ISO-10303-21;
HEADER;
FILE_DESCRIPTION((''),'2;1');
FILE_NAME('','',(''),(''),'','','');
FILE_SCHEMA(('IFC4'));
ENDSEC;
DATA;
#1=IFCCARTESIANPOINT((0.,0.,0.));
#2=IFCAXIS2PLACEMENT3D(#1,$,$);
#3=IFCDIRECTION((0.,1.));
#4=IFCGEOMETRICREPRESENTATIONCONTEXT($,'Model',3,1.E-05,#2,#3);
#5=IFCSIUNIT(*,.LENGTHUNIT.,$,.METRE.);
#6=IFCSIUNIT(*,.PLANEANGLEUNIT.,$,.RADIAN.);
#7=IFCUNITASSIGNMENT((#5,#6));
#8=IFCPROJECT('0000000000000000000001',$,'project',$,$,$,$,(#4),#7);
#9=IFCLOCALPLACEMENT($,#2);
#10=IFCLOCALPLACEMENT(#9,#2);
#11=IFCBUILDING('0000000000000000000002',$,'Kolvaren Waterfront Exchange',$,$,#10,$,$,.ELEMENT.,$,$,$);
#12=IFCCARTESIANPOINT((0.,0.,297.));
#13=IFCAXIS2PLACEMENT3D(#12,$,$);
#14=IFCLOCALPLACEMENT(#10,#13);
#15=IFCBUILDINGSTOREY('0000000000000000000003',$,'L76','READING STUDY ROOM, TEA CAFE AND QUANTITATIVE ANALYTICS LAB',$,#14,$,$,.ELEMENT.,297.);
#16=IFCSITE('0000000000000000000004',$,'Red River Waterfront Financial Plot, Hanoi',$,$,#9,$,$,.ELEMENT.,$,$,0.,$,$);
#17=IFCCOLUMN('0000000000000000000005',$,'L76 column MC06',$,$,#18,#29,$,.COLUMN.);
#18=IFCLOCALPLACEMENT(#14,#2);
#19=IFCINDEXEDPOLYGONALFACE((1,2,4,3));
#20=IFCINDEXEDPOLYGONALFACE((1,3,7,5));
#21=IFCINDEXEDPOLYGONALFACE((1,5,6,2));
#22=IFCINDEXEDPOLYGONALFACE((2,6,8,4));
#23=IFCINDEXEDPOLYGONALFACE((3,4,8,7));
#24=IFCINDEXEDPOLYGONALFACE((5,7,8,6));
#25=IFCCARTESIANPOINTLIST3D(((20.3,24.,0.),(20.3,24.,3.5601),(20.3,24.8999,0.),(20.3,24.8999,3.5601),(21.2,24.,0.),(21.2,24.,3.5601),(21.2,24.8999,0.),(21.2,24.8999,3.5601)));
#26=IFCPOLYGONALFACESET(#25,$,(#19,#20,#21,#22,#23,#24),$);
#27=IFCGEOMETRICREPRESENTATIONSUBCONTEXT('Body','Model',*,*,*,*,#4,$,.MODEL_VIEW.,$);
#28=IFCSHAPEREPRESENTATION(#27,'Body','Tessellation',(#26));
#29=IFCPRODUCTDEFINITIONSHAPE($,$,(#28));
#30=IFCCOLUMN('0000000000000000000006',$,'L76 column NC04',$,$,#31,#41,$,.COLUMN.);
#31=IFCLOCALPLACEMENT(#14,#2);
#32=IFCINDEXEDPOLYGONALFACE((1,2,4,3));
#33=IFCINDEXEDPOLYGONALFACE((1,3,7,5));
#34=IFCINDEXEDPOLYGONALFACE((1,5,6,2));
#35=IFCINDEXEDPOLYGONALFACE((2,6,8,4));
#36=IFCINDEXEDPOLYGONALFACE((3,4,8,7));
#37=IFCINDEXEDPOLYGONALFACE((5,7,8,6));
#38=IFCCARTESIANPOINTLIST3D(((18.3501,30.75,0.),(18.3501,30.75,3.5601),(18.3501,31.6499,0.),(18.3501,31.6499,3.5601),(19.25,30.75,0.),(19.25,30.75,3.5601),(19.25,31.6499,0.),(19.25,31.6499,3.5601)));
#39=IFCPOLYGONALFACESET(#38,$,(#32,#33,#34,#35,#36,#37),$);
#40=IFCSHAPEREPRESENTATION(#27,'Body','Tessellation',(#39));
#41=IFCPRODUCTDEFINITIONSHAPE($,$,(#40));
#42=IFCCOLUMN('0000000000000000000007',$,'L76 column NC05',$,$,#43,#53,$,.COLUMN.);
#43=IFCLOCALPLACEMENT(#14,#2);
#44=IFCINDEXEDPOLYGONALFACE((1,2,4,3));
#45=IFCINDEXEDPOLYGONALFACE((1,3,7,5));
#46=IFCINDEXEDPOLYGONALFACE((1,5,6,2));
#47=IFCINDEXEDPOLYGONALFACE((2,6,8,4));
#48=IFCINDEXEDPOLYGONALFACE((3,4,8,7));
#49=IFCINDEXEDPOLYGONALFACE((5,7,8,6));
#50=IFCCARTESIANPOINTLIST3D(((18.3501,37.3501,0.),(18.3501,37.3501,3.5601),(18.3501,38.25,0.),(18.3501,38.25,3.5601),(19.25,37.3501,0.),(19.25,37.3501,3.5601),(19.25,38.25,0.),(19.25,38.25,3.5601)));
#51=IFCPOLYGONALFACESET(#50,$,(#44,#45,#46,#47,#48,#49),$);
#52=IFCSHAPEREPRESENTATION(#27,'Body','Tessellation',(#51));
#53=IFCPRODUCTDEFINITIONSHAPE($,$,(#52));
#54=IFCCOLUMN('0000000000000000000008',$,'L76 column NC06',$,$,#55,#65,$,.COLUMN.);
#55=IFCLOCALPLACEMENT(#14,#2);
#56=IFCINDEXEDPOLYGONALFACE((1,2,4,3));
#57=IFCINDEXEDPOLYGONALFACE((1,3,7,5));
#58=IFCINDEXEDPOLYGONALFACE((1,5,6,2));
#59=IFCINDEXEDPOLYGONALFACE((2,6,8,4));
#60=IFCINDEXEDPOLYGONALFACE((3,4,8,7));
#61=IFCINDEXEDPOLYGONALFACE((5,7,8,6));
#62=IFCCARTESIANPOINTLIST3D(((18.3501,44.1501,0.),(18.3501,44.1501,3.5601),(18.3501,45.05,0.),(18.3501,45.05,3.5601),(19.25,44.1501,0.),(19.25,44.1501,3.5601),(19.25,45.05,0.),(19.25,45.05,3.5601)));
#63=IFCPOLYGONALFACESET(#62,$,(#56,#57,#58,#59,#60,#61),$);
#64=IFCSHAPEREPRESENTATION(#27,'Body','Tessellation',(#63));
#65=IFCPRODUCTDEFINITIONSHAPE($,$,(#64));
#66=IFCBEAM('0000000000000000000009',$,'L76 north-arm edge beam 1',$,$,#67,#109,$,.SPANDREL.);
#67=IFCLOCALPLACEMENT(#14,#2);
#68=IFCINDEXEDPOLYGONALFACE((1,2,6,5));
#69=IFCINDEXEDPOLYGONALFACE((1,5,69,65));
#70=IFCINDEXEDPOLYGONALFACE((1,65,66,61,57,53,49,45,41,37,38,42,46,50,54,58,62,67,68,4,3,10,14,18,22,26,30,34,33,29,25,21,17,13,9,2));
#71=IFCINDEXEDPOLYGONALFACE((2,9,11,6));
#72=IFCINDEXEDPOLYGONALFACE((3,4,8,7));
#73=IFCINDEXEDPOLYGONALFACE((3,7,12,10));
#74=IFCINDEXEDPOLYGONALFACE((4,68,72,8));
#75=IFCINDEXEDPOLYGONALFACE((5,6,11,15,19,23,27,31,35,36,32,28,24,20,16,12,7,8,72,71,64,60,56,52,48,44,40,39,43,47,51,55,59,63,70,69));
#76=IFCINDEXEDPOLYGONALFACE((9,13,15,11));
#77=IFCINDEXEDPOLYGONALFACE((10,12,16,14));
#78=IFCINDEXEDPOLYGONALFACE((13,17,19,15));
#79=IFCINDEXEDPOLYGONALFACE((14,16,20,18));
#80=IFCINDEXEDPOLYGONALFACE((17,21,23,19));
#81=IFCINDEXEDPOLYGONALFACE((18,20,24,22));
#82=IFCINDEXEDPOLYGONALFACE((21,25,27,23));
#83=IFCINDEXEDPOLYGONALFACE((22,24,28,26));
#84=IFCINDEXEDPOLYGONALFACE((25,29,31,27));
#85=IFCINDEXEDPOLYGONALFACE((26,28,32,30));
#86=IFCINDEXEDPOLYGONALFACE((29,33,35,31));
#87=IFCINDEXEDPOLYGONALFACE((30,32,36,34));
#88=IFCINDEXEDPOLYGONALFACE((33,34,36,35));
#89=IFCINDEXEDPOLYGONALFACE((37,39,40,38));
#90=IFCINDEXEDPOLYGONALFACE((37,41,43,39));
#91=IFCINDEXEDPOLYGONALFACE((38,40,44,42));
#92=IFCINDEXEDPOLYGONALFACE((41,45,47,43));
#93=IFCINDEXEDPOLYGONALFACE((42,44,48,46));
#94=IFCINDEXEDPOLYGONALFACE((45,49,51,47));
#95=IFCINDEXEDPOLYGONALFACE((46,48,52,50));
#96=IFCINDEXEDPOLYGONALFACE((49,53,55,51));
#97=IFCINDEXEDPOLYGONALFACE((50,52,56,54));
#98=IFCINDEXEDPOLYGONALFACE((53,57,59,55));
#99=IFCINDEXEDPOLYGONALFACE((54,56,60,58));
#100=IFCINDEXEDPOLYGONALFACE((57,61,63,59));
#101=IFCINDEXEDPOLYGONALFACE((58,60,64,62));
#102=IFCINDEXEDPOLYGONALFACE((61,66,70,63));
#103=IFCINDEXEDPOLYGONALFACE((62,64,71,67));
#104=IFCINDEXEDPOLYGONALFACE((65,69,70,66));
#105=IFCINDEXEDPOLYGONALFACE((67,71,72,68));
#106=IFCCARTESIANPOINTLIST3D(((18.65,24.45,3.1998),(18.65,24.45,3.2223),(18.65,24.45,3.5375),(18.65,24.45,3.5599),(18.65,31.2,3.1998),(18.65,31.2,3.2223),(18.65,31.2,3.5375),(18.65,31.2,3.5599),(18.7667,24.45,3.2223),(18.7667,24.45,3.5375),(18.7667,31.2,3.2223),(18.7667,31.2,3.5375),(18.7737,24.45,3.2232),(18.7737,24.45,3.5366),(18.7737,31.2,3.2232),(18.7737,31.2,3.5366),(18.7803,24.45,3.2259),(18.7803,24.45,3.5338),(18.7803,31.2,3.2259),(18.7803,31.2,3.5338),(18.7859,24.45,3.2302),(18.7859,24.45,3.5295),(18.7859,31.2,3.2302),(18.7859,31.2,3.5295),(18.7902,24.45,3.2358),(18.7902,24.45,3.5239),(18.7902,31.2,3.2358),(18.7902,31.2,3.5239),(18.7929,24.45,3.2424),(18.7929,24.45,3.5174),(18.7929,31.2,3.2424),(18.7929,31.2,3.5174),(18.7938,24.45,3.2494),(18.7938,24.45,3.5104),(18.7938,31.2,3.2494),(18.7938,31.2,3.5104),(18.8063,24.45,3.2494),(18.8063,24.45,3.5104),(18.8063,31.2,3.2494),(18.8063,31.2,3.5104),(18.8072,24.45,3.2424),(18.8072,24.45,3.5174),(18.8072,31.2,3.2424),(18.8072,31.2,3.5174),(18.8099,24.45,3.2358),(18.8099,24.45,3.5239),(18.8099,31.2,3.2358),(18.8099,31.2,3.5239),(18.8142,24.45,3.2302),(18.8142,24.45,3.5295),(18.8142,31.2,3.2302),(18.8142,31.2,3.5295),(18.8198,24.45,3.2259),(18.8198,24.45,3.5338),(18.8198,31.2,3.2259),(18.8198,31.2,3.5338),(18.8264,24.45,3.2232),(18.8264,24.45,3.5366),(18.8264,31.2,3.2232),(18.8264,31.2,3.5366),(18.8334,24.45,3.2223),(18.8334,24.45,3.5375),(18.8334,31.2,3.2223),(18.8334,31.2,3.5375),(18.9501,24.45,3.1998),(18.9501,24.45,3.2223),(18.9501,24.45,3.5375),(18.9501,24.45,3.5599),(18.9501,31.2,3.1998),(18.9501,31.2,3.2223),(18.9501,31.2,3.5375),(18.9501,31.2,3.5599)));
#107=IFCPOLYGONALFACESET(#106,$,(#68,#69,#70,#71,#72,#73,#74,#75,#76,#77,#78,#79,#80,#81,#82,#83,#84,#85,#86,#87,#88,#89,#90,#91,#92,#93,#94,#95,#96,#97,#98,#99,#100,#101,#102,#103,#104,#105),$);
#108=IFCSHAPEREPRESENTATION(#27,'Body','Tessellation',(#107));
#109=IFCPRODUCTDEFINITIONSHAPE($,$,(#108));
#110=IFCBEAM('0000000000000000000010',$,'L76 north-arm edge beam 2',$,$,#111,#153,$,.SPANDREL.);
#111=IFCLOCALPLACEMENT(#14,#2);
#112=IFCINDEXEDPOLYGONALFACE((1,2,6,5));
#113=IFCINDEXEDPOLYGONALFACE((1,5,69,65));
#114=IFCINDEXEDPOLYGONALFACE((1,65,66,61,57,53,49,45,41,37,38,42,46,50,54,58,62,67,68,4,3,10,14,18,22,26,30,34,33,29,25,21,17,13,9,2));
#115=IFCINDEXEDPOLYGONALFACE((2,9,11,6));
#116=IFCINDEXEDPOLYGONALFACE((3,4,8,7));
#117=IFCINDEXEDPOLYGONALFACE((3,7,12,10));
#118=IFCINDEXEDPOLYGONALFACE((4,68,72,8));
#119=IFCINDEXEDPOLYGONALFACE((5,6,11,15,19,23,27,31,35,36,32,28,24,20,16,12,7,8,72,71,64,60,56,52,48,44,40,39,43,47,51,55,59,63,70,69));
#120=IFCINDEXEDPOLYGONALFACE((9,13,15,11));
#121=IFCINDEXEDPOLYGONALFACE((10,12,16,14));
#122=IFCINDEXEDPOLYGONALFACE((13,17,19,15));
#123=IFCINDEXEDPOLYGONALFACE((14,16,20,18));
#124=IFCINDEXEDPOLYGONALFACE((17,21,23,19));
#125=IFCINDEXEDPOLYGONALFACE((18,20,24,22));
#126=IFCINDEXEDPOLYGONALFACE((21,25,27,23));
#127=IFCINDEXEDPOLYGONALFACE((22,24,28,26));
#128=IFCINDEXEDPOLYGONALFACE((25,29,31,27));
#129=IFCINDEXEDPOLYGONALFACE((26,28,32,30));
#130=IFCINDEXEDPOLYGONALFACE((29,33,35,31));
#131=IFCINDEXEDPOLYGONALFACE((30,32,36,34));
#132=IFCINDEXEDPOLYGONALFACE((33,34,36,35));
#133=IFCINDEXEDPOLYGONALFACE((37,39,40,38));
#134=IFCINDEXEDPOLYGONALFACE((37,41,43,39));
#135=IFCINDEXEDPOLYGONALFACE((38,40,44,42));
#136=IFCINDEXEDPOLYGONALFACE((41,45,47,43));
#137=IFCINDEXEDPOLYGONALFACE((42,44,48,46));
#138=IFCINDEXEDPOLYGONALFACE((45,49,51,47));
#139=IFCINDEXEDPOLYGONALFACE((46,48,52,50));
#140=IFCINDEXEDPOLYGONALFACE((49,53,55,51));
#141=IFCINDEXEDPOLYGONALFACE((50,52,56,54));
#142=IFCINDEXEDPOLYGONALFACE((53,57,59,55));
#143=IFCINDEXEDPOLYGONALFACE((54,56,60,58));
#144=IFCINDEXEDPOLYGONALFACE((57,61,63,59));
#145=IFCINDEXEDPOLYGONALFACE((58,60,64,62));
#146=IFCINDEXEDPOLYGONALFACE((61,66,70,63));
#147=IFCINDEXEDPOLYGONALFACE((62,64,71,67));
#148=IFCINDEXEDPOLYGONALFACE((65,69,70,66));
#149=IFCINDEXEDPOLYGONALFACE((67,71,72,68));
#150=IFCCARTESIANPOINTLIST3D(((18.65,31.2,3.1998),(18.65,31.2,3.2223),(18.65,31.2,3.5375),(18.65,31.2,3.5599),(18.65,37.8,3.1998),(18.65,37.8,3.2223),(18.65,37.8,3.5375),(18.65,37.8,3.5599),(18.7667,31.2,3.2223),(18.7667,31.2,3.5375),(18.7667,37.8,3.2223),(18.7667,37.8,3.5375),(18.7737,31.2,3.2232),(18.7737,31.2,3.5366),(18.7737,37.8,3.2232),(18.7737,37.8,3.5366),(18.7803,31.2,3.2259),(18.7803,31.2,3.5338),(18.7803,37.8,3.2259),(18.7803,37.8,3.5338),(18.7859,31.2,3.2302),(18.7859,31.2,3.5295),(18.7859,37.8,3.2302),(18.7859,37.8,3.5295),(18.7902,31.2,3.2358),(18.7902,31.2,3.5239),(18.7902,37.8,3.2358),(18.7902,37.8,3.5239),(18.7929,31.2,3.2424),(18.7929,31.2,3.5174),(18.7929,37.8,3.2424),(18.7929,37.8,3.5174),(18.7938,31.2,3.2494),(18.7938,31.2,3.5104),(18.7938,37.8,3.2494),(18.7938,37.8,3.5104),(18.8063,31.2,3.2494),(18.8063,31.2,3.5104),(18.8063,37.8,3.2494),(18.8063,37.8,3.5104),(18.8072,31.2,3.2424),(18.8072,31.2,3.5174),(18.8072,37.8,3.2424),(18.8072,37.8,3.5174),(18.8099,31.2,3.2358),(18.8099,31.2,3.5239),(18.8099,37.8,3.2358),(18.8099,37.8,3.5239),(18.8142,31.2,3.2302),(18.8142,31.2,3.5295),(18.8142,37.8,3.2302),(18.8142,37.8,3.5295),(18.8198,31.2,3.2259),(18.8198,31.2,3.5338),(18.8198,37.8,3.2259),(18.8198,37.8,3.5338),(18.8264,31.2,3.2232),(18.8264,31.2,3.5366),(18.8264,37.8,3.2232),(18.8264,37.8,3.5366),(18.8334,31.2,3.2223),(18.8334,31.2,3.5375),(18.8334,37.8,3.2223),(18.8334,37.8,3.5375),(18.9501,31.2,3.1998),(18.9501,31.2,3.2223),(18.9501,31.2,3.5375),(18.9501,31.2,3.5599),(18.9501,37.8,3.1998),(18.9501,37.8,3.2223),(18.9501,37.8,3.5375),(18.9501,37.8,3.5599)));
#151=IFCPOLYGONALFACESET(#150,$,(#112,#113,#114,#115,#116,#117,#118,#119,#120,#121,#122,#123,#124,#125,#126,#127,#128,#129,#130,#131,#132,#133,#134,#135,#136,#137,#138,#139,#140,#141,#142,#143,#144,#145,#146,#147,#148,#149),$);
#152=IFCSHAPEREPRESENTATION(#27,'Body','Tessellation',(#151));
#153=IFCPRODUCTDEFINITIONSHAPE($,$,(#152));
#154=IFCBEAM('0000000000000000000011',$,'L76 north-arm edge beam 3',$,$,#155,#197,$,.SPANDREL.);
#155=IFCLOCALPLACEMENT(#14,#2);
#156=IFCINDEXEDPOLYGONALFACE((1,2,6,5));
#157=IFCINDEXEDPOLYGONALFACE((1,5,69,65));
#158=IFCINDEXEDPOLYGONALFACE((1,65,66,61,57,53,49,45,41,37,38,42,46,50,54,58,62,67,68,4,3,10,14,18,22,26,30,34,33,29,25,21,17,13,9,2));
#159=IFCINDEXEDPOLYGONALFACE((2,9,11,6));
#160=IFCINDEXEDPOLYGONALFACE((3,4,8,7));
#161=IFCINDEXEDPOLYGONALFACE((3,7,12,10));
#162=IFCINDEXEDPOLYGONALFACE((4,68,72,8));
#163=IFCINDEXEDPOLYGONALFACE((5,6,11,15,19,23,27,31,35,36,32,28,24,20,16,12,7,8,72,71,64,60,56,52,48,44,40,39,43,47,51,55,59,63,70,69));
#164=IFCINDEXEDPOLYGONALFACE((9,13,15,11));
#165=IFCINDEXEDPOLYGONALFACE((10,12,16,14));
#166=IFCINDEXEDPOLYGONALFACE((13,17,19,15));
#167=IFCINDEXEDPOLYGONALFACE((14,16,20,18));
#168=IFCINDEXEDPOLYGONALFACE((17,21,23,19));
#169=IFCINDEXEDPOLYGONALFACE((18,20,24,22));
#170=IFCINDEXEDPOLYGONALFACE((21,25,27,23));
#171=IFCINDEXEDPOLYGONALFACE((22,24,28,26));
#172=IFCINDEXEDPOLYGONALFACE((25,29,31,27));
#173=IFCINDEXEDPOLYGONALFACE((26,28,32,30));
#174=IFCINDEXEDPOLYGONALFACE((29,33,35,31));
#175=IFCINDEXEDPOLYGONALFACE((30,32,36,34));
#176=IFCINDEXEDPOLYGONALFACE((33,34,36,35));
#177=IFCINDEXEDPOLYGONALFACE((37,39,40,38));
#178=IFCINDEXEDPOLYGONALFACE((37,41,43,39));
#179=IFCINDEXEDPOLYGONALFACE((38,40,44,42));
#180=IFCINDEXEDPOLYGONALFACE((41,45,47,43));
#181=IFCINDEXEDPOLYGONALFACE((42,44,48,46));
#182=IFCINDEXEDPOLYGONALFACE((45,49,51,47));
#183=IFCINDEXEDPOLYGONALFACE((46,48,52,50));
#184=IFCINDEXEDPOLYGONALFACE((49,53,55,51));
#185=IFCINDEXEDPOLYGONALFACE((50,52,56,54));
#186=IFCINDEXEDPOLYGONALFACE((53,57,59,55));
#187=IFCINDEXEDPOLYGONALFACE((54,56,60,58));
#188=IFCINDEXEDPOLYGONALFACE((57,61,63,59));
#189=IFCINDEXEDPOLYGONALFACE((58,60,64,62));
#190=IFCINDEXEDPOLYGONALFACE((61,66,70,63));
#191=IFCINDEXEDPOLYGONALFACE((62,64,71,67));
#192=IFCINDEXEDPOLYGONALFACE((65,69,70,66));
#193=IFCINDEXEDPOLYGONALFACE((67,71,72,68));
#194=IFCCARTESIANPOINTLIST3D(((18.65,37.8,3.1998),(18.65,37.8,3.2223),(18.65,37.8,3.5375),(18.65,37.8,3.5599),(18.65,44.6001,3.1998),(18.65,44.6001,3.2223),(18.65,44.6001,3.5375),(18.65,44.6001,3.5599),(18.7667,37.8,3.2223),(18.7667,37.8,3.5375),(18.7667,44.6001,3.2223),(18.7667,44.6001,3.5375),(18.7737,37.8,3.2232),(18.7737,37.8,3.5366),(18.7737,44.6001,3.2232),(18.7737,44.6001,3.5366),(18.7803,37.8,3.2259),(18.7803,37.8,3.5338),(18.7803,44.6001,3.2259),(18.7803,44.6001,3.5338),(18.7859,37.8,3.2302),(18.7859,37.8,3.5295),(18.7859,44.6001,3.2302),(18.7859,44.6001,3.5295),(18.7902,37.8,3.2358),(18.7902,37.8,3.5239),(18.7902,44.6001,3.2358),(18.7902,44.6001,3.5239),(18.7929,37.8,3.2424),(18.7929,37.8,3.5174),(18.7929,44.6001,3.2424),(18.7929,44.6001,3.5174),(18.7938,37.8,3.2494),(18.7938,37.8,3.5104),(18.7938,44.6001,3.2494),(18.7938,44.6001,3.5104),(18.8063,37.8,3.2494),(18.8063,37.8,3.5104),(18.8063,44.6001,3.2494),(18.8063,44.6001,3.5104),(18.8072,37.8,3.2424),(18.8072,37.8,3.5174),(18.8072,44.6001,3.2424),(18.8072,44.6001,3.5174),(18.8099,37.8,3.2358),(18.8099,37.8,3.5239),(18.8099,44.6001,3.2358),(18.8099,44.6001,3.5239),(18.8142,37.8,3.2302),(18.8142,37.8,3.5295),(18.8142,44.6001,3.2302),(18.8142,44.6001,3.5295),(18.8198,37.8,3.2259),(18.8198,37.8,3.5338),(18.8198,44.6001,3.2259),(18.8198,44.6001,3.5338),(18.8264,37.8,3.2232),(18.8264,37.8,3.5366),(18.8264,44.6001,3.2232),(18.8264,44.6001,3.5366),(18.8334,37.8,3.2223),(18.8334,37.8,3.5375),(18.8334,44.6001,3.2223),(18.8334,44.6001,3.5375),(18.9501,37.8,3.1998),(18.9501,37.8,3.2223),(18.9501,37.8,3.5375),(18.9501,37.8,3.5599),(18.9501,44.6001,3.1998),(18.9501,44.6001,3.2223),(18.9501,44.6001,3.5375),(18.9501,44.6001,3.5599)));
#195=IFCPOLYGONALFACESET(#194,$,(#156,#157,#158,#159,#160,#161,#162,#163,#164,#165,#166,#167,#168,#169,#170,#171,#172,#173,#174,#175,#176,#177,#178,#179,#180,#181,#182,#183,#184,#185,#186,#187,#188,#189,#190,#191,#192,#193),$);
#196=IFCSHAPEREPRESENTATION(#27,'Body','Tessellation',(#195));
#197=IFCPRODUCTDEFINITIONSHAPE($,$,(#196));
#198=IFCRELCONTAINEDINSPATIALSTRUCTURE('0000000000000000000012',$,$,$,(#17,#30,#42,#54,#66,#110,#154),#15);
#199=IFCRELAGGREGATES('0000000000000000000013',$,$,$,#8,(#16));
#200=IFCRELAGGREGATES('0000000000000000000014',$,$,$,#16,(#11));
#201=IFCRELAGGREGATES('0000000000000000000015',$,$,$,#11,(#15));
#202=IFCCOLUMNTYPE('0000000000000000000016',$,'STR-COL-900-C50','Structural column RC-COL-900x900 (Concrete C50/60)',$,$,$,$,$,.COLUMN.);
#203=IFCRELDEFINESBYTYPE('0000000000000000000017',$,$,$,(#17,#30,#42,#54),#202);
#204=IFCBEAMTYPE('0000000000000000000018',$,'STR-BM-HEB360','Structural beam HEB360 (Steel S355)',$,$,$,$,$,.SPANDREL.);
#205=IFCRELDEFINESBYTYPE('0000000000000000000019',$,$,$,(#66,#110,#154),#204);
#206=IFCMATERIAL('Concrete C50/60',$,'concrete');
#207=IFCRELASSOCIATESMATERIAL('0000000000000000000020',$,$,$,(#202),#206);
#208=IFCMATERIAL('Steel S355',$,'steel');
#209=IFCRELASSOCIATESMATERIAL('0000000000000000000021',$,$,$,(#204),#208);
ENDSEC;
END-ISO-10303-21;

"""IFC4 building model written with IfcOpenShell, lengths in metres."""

from ifc_helpers import new_model, si_unit, direction, frame, origin, origin_2d, place, context, subcontext, project, spatial, rectangle, i_section, extrude, material, material_profile, profile_set, type_object, element, save


model = new_model("IFC4")

# Units and contexts
model_context = context("Model", 3, precision=1e-05, world=origin(), true_north=direction((0.0, 1.0)))
body_context = subcontext(model_context, "Body", "Model", "MODEL_VIEW")
ifc_project = project(units=[si_unit("LENGTHUNIT", "METRE"), si_unit("PLANEANGLEUNIT", "RADIAN")], contexts=[model_context])

# Site, building, storey
site_placement = place(None, origin())
site = spatial("IfcSite", under=ifc_project, at=site_placement, Name="Red River Waterfront Financial Plot, Hanoi", CompositionType="ELEMENT", RefElevation=0.0)
building_placement = place(site_placement, origin())
building = spatial("IfcBuilding", under=site, at=building_placement, Name="Kolvaren Waterfront Exchange", CompositionType="ELEMENT")
storey_placement = place(building_placement, frame((0.0, 0.0, 297.0)))
storey = spatial("IfcBuildingStorey", under=building, at=storey_placement, Name="L76", Description="READING STUDY ROOM, TEA CAFE AND QUANTITATIVE ANALYTICS LAB", CompositionType="ELEMENT", Elevation=297.0)

# Columns
ifc_material_1 = material(Name="Concrete C50/60", Category="concrete")
ifc_material_profile_1 = material_profile(ifc_material_1, rectangle(XDim=0.8999, YDim=0.8999, at=origin_2d()), Name="RC-COL-900x900")
ifc_profile_set_1 = profile_set([ifc_material_profile_1], Name="Concrete C50/60")
column_type = type_object("IfcColumnType", Name="STR-COL-900-C50", Description="Structural column RC-COL-900x900 (Concrete C50/60)", PredefinedType="COLUMN", material=ifc_profile_set_1)
for number, where, z_axis, x_axis, name in (
    (1, (20.75, 24.45, 0.0), (0.0, 0.0, 1.0), (1.0, 0.0, 0.0), "L76 column MC06"),
    (2, (18.8, 31.2, 0.0), (0.0, 0.0, 1.0), (1.0, 0.0, 0.0), "L76 column NC04"),
    (3, (18.8, 37.8, 0.0), (0.0, 0.0, 1.0), (1.0, 0.0, 0.0), "L76 column NC05"),
    (4, (18.8, 44.6001, 0.0), (0.0, 0.0, 1.0), (1.0, 0.0, 0.0), "L76 column NC06"),
):
    element("IfcColumn", number, at=place(storey_placement, frame(where, z_axis=z_axis, x_axis=x_axis)), inside=storey, type_object=column_type, Name=name, PredefinedType="COLUMN", context=body_context, shape_type="SweptSolid", body=[
        extrude(rectangle(XDim=0.8999, YDim=0.8999, at=origin_2d()), origin(), (0.0, 0.0, 1.0), 3.5601),
    ])

# Beams
ifc_material_2 = material(Name="Steel S355", Category="steel")
ifc_material_profile_2 = material_profile(ifc_material_2, i_section(OverallWidth=0.3, OverallDepth=0.3601, WebThickness=0.0125, FlangeThickness=0.0225, FilletRadius=0.0271, at=origin_2d()), Name="HEB360")
ifc_profile_set_2 = profile_set([ifc_material_profile_2], Name="Steel S355")
beam_type = type_object("IfcBeamType", Name="STR-BM-HEB360", Description="Structural beam HEB360 (Steel S355)", PredefinedType="SPANDREL", material=ifc_profile_set_2)
beam_1_placement = place(storey_placement, frame((18.8, 24.45, 3.3799), z_axis=(0.0, 1.0, 0.0), x_axis=(-1.0, 0.0, 0.0)))
element("IfcBeam", 5, at=beam_1_placement, inside=storey, type_object=beam_type, Name="L76 north-arm edge beam 1", PredefinedType="SPANDREL", context=body_context, shape_type="SweptSolid", body=[
    extrude(i_section(OverallWidth=0.3, OverallDepth=0.3601, WebThickness=0.0125, FlangeThickness=0.0225, FilletRadius=0.0271, at=origin_2d()), origin(), (0.0, 0.0, 1.0), 6.75),
])
beam_2_placement = place(storey_placement, frame((18.8, 31.2, 3.3799), z_axis=(0.0, 1.0, 0.0), x_axis=(-1.0, 0.0, 0.0)))
element("IfcBeam", 6, at=beam_2_placement, inside=storey, type_object=beam_type, Name="L76 north-arm edge beam 2", PredefinedType="SPANDREL", context=body_context, shape_type="SweptSolid", body=[
    extrude(i_section(OverallWidth=0.3, OverallDepth=0.3601, WebThickness=0.0125, FlangeThickness=0.0225, FilletRadius=0.0271, at=origin_2d()), origin(), (0.0, 0.0, 1.0), 6.6001),
])
beam_3_placement = place(storey_placement, frame((18.8, 37.8, 3.3799), z_axis=(0.0, 1.0, 0.0), x_axis=(-1.0, 0.0, 0.0)))
element("IfcBeam", 7, at=beam_3_placement, inside=storey, type_object=beam_type, Name="L76 north-arm edge beam 3", PredefinedType="SPANDREL", context=body_context, shape_type="SweptSolid", body=[
    extrude(i_section(OverallWidth=0.3, OverallDepth=0.3601, WebThickness=0.0125, FlangeThickness=0.0225, FilletRadius=0.0271, at=origin_2d()), origin(), (0.0, 0.0, 1.0), 6.8),
])

save(model, "model.ifc")
